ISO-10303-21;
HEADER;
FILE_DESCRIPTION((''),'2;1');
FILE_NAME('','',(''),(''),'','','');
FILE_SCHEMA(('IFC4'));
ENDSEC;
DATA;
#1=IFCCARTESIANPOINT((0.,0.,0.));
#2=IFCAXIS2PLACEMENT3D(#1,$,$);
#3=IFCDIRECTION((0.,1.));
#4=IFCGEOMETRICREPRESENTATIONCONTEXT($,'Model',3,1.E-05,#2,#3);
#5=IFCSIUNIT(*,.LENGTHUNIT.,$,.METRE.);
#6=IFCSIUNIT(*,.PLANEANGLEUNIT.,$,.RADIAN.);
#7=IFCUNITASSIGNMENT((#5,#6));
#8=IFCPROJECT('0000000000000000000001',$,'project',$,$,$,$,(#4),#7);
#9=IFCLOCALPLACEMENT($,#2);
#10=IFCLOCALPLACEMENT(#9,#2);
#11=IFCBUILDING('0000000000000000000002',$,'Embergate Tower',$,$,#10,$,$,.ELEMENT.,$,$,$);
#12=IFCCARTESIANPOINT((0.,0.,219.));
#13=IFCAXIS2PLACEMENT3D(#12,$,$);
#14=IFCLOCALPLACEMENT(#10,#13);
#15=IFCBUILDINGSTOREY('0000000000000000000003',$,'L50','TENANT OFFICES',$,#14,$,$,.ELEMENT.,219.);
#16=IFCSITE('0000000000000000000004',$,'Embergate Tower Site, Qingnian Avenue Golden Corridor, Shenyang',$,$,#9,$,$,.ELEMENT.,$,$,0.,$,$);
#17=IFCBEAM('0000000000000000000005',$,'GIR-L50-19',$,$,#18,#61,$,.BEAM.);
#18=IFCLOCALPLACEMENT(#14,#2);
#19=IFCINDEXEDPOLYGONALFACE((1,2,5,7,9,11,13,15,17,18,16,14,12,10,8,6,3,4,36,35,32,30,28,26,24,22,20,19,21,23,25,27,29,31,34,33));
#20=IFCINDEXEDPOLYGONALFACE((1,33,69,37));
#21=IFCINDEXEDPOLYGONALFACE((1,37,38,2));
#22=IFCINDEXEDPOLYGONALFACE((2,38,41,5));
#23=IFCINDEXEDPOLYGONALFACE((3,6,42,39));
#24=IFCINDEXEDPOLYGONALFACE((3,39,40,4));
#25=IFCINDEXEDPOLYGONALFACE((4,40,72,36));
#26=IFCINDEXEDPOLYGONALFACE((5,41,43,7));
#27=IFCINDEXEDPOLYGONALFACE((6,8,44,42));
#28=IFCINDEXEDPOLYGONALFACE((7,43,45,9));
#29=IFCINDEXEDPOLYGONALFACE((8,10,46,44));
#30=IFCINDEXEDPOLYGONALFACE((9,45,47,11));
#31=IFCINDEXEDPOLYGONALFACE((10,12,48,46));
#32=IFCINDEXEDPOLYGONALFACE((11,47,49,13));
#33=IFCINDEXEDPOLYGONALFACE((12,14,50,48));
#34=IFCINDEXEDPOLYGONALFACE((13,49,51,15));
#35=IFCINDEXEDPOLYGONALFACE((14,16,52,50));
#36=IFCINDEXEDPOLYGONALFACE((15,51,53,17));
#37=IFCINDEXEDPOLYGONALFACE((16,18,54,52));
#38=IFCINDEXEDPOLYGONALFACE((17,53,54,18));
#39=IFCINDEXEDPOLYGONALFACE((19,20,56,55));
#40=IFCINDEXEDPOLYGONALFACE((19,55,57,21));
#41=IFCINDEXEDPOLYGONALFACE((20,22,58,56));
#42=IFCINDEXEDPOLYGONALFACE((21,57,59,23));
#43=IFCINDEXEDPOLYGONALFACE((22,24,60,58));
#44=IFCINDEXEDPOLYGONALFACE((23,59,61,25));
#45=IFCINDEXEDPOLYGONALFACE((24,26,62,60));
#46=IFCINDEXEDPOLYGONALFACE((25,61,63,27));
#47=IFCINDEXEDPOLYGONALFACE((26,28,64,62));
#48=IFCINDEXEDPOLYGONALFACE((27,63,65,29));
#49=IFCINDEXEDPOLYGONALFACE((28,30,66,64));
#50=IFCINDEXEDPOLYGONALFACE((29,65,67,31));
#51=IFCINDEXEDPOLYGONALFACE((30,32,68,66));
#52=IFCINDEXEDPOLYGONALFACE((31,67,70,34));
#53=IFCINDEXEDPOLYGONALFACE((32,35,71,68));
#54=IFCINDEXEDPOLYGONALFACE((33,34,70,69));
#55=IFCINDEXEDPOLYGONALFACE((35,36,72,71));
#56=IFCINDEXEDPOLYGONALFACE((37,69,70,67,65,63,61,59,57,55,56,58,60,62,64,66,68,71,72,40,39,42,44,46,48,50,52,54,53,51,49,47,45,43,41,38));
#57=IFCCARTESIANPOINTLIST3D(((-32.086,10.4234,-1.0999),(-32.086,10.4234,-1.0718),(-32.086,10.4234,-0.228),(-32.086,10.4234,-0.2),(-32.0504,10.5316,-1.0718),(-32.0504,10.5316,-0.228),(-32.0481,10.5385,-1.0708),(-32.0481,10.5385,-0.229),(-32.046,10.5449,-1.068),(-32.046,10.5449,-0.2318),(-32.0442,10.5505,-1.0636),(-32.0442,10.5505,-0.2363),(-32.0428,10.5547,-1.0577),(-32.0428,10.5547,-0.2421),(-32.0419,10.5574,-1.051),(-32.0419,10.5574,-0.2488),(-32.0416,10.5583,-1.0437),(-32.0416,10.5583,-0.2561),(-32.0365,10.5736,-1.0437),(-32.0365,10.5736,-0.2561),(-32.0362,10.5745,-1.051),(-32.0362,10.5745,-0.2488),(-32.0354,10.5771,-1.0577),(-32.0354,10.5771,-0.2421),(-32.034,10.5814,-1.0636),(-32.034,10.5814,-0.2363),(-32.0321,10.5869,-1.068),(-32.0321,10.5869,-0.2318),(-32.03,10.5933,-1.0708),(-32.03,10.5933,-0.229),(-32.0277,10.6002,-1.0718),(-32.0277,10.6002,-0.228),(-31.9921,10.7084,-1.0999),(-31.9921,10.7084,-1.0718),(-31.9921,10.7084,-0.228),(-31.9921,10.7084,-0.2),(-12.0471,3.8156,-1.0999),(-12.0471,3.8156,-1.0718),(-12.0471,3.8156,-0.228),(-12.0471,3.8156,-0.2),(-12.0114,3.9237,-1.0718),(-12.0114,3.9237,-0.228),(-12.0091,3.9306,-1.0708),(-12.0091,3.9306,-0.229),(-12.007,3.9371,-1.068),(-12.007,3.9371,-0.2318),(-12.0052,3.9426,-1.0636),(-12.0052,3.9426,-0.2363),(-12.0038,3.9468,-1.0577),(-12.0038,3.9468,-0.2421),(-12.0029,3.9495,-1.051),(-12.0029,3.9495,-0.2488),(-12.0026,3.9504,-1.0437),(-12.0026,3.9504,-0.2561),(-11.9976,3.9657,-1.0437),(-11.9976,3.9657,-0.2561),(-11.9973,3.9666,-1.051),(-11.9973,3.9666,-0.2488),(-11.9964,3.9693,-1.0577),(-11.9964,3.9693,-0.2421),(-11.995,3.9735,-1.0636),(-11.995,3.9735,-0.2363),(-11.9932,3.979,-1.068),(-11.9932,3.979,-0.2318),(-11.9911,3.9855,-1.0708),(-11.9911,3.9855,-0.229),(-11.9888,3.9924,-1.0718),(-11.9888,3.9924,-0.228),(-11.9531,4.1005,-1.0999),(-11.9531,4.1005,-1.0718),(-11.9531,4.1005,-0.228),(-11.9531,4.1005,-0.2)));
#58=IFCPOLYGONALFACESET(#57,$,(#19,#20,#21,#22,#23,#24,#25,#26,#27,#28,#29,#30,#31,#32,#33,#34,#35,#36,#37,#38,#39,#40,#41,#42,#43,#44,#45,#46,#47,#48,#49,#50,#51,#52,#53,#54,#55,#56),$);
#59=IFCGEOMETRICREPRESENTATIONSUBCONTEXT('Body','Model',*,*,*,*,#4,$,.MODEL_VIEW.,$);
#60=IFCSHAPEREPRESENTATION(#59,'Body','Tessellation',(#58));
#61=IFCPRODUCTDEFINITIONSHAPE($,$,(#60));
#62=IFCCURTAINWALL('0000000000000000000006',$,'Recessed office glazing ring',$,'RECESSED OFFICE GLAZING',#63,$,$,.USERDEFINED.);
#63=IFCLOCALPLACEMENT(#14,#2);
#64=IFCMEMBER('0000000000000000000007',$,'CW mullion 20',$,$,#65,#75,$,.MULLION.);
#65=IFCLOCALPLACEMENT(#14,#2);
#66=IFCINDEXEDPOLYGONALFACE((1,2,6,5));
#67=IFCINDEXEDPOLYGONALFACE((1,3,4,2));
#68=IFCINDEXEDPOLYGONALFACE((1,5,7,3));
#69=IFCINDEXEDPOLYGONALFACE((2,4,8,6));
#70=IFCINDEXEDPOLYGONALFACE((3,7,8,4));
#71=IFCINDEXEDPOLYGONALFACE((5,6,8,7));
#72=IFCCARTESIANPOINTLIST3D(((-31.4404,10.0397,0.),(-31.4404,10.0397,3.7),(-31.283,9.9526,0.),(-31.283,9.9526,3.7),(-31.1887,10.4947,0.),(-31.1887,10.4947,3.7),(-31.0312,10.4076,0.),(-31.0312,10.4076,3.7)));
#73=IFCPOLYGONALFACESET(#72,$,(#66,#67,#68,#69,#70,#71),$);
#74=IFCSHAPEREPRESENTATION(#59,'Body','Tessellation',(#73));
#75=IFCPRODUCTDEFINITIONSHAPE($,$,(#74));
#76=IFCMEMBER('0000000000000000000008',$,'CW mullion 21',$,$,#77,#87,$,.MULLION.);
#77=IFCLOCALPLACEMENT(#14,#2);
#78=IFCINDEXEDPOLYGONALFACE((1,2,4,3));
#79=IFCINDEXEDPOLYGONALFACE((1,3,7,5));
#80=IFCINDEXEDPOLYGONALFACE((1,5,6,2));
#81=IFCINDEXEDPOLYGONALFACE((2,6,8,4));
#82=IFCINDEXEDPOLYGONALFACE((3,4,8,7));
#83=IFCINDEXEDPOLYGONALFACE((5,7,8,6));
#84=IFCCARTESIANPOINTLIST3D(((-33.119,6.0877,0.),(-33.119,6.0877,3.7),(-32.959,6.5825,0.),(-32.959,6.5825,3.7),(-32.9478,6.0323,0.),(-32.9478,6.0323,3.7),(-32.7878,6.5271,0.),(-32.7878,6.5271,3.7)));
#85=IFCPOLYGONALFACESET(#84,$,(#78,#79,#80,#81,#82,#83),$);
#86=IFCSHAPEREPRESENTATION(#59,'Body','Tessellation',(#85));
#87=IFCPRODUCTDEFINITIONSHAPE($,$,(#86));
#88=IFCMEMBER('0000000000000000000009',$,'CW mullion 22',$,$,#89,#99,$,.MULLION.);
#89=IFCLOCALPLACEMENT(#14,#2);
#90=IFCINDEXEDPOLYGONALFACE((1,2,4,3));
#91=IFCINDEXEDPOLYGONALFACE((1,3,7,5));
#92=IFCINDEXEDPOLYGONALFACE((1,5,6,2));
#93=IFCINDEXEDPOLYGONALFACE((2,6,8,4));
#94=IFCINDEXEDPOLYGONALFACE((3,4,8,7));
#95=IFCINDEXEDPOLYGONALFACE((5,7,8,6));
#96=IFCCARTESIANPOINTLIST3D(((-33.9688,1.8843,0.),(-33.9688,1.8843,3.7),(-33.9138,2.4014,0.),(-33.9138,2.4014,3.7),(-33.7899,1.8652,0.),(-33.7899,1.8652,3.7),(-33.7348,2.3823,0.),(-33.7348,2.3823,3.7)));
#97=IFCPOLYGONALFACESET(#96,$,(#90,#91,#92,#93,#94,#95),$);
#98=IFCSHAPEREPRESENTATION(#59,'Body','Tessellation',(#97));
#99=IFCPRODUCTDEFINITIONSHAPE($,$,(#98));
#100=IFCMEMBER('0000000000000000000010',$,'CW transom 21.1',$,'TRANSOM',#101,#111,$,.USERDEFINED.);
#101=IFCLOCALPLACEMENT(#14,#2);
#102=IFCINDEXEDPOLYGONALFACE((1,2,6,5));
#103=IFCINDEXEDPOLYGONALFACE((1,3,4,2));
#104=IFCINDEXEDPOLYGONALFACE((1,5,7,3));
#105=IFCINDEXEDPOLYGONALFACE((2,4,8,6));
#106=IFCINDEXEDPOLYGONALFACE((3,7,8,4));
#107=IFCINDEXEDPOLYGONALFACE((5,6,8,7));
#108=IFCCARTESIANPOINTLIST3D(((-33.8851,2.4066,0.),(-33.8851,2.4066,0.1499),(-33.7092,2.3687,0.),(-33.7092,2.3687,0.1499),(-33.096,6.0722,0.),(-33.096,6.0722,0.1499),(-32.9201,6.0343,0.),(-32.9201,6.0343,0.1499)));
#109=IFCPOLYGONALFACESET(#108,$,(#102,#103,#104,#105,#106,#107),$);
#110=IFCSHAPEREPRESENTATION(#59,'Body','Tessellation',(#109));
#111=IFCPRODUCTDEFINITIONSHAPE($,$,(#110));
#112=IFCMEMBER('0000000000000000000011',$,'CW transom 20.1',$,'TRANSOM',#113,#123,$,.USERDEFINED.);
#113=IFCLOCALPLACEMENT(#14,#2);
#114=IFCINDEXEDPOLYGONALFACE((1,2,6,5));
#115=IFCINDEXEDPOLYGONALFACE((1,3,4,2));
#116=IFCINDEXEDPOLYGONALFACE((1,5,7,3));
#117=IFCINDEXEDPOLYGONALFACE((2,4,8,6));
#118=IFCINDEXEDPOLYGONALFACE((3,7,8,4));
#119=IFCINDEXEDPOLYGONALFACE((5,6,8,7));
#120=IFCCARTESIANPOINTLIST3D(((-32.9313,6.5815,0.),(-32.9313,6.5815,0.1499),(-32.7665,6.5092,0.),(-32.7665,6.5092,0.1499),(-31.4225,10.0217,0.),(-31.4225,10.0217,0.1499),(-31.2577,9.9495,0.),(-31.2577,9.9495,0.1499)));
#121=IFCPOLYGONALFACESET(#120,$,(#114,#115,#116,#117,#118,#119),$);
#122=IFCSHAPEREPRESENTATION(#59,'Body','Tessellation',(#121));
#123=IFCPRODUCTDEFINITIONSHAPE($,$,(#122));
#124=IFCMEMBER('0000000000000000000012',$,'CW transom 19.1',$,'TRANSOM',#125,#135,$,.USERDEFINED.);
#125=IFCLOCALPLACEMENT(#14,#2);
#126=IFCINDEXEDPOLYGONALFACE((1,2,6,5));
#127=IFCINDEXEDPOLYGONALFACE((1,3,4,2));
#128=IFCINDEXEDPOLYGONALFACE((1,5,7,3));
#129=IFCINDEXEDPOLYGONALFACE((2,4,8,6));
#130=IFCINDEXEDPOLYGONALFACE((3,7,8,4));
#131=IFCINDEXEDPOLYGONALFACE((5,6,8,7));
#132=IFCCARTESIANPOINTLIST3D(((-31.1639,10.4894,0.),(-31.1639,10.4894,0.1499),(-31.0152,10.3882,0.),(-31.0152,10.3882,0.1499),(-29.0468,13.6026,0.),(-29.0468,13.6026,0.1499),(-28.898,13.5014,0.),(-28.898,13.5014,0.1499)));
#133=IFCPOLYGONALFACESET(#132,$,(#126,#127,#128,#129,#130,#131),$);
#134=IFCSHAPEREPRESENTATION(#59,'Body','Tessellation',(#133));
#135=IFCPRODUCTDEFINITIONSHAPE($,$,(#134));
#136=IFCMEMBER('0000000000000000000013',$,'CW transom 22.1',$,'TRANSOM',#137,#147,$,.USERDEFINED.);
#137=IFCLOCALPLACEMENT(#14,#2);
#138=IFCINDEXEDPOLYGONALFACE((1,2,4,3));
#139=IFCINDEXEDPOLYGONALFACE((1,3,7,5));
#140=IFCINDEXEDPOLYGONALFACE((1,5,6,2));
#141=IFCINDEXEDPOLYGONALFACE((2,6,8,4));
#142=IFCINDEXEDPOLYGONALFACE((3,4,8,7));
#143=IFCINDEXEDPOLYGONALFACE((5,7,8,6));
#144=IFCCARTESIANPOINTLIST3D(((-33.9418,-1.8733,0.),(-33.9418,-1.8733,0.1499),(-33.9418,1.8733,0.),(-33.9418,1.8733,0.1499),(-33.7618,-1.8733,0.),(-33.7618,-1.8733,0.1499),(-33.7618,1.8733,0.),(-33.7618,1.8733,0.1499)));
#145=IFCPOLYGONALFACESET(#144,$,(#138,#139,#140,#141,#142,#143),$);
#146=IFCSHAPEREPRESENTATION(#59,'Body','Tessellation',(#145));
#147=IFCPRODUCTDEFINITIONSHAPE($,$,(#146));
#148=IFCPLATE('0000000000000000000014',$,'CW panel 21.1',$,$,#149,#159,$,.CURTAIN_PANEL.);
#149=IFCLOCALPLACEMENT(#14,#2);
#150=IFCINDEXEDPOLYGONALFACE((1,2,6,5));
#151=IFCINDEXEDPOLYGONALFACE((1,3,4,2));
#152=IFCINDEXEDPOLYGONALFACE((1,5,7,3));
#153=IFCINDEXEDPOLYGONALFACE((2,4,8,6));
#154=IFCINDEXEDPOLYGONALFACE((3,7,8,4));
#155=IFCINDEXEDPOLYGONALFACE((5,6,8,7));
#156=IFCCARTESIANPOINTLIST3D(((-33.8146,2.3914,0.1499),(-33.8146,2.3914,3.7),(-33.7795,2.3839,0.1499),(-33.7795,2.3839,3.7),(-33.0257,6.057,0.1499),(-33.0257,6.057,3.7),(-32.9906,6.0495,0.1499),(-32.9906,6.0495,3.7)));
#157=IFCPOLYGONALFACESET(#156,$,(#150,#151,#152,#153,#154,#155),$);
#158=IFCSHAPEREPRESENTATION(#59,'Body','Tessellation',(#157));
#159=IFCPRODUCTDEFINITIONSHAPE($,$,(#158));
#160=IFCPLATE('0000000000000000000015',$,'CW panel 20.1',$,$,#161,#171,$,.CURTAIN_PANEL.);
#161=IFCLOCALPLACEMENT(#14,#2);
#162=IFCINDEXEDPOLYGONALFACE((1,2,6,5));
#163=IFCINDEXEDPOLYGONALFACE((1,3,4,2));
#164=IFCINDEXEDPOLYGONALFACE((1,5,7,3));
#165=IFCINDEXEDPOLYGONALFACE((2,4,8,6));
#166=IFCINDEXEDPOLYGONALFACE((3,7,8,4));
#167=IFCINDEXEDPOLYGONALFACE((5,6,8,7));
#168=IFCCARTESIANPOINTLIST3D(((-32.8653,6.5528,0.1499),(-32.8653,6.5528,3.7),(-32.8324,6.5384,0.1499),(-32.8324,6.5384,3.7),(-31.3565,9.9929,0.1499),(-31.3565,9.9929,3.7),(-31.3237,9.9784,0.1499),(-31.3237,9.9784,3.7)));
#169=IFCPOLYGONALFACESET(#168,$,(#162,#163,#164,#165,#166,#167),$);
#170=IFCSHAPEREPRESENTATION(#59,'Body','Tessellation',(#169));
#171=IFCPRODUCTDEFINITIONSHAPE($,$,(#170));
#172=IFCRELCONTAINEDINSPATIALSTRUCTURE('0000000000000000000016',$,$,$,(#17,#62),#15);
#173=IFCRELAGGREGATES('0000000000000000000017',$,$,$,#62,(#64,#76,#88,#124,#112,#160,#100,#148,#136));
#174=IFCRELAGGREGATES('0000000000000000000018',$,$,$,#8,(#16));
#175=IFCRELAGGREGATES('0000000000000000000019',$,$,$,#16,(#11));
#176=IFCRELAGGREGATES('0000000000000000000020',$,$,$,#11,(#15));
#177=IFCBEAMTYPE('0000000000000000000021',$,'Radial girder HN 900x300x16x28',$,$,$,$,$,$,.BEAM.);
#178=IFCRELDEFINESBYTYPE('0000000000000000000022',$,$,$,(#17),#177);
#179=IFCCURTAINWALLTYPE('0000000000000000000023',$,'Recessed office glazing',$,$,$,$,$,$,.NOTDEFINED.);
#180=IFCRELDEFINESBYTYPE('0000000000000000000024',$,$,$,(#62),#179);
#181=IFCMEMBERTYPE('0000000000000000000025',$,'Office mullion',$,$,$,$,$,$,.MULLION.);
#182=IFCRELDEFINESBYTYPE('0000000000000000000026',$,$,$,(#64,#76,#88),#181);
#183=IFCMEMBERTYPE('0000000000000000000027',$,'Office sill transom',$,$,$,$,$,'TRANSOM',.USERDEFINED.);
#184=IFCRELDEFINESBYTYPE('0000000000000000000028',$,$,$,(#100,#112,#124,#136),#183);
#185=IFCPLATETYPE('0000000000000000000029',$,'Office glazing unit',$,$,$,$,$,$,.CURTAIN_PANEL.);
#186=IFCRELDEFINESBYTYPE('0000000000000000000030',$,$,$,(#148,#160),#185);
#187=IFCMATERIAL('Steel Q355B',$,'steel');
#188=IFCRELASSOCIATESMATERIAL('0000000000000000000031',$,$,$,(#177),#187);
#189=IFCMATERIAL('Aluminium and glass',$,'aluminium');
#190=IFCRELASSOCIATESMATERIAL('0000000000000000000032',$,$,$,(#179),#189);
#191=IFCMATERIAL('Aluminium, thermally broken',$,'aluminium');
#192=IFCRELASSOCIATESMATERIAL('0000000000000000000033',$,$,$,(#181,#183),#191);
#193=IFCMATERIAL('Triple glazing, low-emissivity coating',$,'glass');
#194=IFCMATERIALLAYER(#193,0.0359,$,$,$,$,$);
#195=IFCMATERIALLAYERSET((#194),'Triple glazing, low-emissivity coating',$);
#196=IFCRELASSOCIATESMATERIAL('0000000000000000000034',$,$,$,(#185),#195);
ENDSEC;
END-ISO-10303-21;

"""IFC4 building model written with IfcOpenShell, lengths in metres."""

from ifc_helpers import new_model, si_unit, direction, frame, origin, origin_2d, place, context, subcontext, project, spatial, rectangle, i_section, extrude, source, transform, mapped, material, layer, layer_set, material_profile, profile_set, type_object, element, aggregate, save


model = new_model("IFC4")

# Units and contexts
model_context = context("Model", 3, precision=1e-05, world=origin(), true_north=direction((0.0, 1.0)))
body_context = subcontext(model_context, "Body", "Model", "MODEL_VIEW")
ifc_project = project(units=[si_unit("LENGTHUNIT", "METRE"), si_unit("PLANEANGLEUNIT", "RADIAN")], contexts=[model_context])

# Site, building, storey
site_placement = place(None, origin())
site = spatial("IfcSite", under=ifc_project, at=site_placement, Name="Embergate Tower Site, Qingnian Avenue Golden Corridor, Shenyang", CompositionType="ELEMENT", RefElevation=0.0)
building_placement = place(site_placement, origin())
building = spatial("IfcBuilding", under=site, at=building_placement, Name="Embergate Tower", CompositionType="ELEMENT")
storey_placement = place(building_placement, frame((0.0, 0.0, 219.0)))
storey = spatial("IfcBuildingStorey", under=building, at=storey_placement, Name="L50", Description="TENANT OFFICES", CompositionType="ELEMENT", Elevation=219.0)

# Beam
ifc_material_1 = material(Name="Steel Q355B", Category="steel")
ifc_material_profile_1 = material_profile(ifc_material_1, i_section(OverallWidth=0.3, OverallDepth=0.8999, WebThickness=0.0161, FlangeThickness=0.0281, FilletRadius=0.0281, at=origin_2d()), Name="HN 900x300x16x28")
ifc_profile_set_1 = profile_set([ifc_material_profile_1], Name="Steel Q355 grade B")
beam_type_1 = type_object("IfcBeamType", Name="Radial girder HN 900x300x16x28", PredefinedType="BEAM", material=ifc_profile_set_1)
shared_shape_1 = source(origin(), body_context, "Body", "SweptSolid", [
    extrude(i_section(OverallWidth=0.3, OverallDepth=0.8999, WebThickness=0.0161, FlangeThickness=0.0281, FilletRadius=0.0281, at=origin_2d()), origin(), (0.0, 0.0, 1.0), 21.1003),
])
beam_1_placement = place(storey_placement, frame((-32.0391, 10.5659, -0.6499), z_axis=(0.949699, -0.313165, 0.0), x_axis=(0.313165, 0.949699, 0.0)))
element("IfcBeam", 1, at=beam_1_placement, inside=storey, type_object=beam_type_1, Name="GIR-L50-19", PredefinedType="BEAM", context=body_context, shape_type="MappedRepresentation", body=[
    mapped(shared_shape_1, transform((0.0, 0.0, 0.0))),
])

# Curtain wall, members, plates
ifc_material_2 = material(Name="Aluminium and glass", Category="aluminium")
curtain_wall_type = type_object("IfcCurtainWallType", Name="Recessed office glazing", PredefinedType="NOTDEFINED", material=ifc_material_2)
curtain_wall_placement = place(storey_placement, origin())
curtain_wall = element("IfcCurtainWall", 2, at=curtain_wall_placement, inside=storey, type_object=curtain_wall_type, Name="Recessed office glazing ring", ObjectType="RECESSED OFFICE GLAZING", PredefinedType="USERDEFINED")
ifc_material_3 = material(Name="Aluminium, thermally broken", Category="aluminium")
ifc_material_profile_2 = material_profile(ifc_material_3, rectangle(XDim=0.1799, YDim=0.52, at=origin_2d()), Name="AL 520x180")
ifc_profile_set_2 = profile_set([ifc_material_profile_2], Name="Aluminium, thermally broken")
member_type_1 = type_object("IfcMemberType", Name="Office mullion", PredefinedType="MULLION", material=ifc_profile_set_2)
shared_shape_2 = source(origin(), body_context, "Body", "SweptSolid", [
    extrude(rectangle(XDim=0.1799, YDim=0.52, at=origin_2d()), origin(), (0.0, 0.0, 1.0), 3.7),
])
member_1_placement = place(storey_placement, frame((-31.2358, 10.2236, 0.0), z_axis=(0.0, 0.0, 1.0), x_axis=(0.875001, -0.484121, 0.0)))
member_1 = element("IfcMember", 3, at=member_1_placement, type_object=member_type_1, Name="CW mullion 20", PredefinedType="MULLION", context=body_context, shape_type="MappedRepresentation", body=[
    mapped(shared_shape_2, transform((0.0, 0.0, 0.0))),
])
member_2_placement = place(storey_placement, frame((-32.9534, 6.3074, 0.0), z_axis=(0.0, 0.0, 1.0), x_axis=(0.951497, -0.307657, 0.0)))
member_2 = element("IfcMember", 4, at=member_2_placement, type_object=member_type_1, Name="CW mullion 21", PredefinedType="MULLION", context=body_context, shape_type="MappedRepresentation", body=[
    mapped(shared_shape_2, transform((0.0, 0.0, 0.0))),
])
member_3_placement = place(storey_placement, frame((-33.8518, 2.1333, 0.0), z_axis=(0.0, 0.0, 1.0), x_axis=(0.994385, -0.105825, 0.0)))
member_3 = element("IfcMember", 5, at=member_3_placement, type_object=member_type_1, Name="CW mullion 22", PredefinedType="MULLION", context=body_context, shape_type="MappedRepresentation", body=[
    mapped(shared_shape_2, transform((0.0, 0.0, 0.0))),
])
ifc_material_profile_3 = material_profile(ifc_material_3, rectangle(XDim=0.1799, YDim=0.1499, at=origin_2d()), Name="AL 150x180")
ifc_profile_set_3 = profile_set([ifc_material_profile_3], Name="Aluminium, thermally broken")
member_type_2 = type_object("IfcMemberType", Name="Office sill transom", ElementType="TRANSOM", PredefinedType="USERDEFINED", material=ifc_profile_set_3)
shared_shape_3 = source(origin(), body_context, "Body", "SweptSolid", [
    extrude(rectangle(XDim=0.1799, YDim=0.1499, at=origin_2d()), origin(), (0.0, 0.0, 1.0), 3.7495),
])
member_4_placement = place(storey_placement, frame((-33.0081, 6.0532, 0.075), z_axis=(-0.210445, -0.977606, 0.0), x_axis=(0.977606, -0.210445, 0.0)))
member_4 = element("IfcMember", 6, at=member_4_placement, type_object=member_type_2, Name="CW transom 21.1", ObjectType="TRANSOM", PredefinedType="USERDEFINED", context=body_context, shape_type="MappedRepresentation", body=[
    mapped(shared_shape_3, transform((0.0, 0.0, 0.0))),
])
shared_shape_4 = source(origin(), body_context, "Body", "SweptSolid", [
    extrude(rectangle(XDim=0.1799, YDim=0.1499, at=origin_2d()), origin(), (0.0, 0.0, 1.0), 3.7566),
])
member_5_placement = place(storey_placement, frame((-31.3401, 9.9856, 0.075), z_axis=(-0.401647, -0.915794, 0.0), x_axis=(0.915794, -0.401647, 0.0)))
member_5 = element("IfcMember", 7, at=member_5_placement, type_object=member_type_2, Name="CW transom 20.1", ObjectType="TRANSOM", PredefinedType="USERDEFINED", context=body_context, shape_type="MappedRepresentation", body=[
    mapped(shared_shape_4, transform((0.0, 0.0, 0.0))),
])
shared_shape_5 = source(origin(), body_context, "Body", "SweptSolid", [
    extrude(rectangle(XDim=0.1799, YDim=0.1499, at=origin_2d()), origin(), (0.0, 0.0, 1.0), 3.7649),
])
member_6_placement = place(storey_placement, frame((-28.9724, 13.552, 0.075), z_axis=(-0.562338, -0.826907, 0.0), x_axis=(0.826907, -0.562338, 0.0)))
member_6 = element("IfcMember", 8, at=member_6_placement, type_object=member_type_2, Name="CW transom 19.1", ObjectType="TRANSOM", PredefinedType="USERDEFINED", context=body_context, shape_type="MappedRepresentation", body=[
    mapped(shared_shape_5, transform((0.0, 0.0, 0.0))),
])
shared_shape_6 = source(origin(), body_context, "Body", "SweptSolid", [
    extrude(rectangle(XDim=0.1799, YDim=0.1499, at=origin_2d()), origin(), (0.0, 0.0, 1.0), 3.7466),
])
member_7_placement = place(storey_placement, frame((-33.8518, 1.8733, 0.075), z_axis=(0.0, -1.0, 0.0), x_axis=(1.0, 0.0, 0.0)))
member_7 = element("IfcMember", 9, at=member_7_placement, type_object=member_type_2, Name="CW transom 22.1", ObjectType="TRANSOM", PredefinedType="USERDEFINED", context=body_context, shape_type="MappedRepresentation", body=[
    mapped(shared_shape_6, transform((0.0, 0.0, 0.0))),
])
ifc_material_4 = material(Name="Triple glazing, low-emissivity coating", Category="glass")
ifc_layer_1 = layer(ifc_material_4, 0.0359)
ifc_layer_set_1 = layer_set([ifc_layer_1], Name="Triple glazing, low-emissivity coating")
plate_type = type_object("IfcPlateType", Name="Office glazing unit", PredefinedType="CURTAIN_PANEL", material=ifc_layer_set_1)
shared_shape_7 = source(origin(), body_context, "Body", "SweptSolid", [
    extrude(rectangle(XDim=3.7495, YDim=0.0359, at=origin_2d()), origin(), (0.0, 0.0, 1.0), 3.55),
])
plate_1_placement = place(storey_placement, frame((-33.4026, 4.2205, 0.1499), z_axis=(0.0, 0.0, 1.0), x_axis=(-0.210397, -0.977616, 0.0)))
plate_1 = element("IfcPlate", 10, at=plate_1_placement, type_object=plate_type, Name="CW panel 21.1", PredefinedType="CURTAIN_PANEL", context=body_context, shape_type="MappedRepresentation", body=[
    mapped(shared_shape_7, transform((0.0, 0.0, 0.0))),
])
shared_shape_8 = source(origin(), body_context, "Body", "SweptSolid", [
    extrude(rectangle(XDim=3.7563, YDim=0.0359, at=origin_2d()), origin(), (0.0, 0.0, 1.0), 3.55),
])
plate_2_placement = place(storey_placement, frame((-32.0945, 8.2656, 0.1499), z_axis=(0.0, 0.0, 1.0), x_axis=(-0.401649, -0.915794, 0.0)))
plate_2 = element("IfcPlate", 11, at=plate_2_placement, type_object=plate_type, Name="CW panel 20.1", PredefinedType="CURTAIN_PANEL", context=body_context, shape_type="MappedRepresentation", body=[
    mapped(shared_shape_8, transform((0.0, 0.0, 0.0))),
])
aggregate(curtain_wall, [member_1, member_2, member_3, member_6, member_5, plate_2, member_4, plate_1, member_7])

save(model, "model.ifc")
